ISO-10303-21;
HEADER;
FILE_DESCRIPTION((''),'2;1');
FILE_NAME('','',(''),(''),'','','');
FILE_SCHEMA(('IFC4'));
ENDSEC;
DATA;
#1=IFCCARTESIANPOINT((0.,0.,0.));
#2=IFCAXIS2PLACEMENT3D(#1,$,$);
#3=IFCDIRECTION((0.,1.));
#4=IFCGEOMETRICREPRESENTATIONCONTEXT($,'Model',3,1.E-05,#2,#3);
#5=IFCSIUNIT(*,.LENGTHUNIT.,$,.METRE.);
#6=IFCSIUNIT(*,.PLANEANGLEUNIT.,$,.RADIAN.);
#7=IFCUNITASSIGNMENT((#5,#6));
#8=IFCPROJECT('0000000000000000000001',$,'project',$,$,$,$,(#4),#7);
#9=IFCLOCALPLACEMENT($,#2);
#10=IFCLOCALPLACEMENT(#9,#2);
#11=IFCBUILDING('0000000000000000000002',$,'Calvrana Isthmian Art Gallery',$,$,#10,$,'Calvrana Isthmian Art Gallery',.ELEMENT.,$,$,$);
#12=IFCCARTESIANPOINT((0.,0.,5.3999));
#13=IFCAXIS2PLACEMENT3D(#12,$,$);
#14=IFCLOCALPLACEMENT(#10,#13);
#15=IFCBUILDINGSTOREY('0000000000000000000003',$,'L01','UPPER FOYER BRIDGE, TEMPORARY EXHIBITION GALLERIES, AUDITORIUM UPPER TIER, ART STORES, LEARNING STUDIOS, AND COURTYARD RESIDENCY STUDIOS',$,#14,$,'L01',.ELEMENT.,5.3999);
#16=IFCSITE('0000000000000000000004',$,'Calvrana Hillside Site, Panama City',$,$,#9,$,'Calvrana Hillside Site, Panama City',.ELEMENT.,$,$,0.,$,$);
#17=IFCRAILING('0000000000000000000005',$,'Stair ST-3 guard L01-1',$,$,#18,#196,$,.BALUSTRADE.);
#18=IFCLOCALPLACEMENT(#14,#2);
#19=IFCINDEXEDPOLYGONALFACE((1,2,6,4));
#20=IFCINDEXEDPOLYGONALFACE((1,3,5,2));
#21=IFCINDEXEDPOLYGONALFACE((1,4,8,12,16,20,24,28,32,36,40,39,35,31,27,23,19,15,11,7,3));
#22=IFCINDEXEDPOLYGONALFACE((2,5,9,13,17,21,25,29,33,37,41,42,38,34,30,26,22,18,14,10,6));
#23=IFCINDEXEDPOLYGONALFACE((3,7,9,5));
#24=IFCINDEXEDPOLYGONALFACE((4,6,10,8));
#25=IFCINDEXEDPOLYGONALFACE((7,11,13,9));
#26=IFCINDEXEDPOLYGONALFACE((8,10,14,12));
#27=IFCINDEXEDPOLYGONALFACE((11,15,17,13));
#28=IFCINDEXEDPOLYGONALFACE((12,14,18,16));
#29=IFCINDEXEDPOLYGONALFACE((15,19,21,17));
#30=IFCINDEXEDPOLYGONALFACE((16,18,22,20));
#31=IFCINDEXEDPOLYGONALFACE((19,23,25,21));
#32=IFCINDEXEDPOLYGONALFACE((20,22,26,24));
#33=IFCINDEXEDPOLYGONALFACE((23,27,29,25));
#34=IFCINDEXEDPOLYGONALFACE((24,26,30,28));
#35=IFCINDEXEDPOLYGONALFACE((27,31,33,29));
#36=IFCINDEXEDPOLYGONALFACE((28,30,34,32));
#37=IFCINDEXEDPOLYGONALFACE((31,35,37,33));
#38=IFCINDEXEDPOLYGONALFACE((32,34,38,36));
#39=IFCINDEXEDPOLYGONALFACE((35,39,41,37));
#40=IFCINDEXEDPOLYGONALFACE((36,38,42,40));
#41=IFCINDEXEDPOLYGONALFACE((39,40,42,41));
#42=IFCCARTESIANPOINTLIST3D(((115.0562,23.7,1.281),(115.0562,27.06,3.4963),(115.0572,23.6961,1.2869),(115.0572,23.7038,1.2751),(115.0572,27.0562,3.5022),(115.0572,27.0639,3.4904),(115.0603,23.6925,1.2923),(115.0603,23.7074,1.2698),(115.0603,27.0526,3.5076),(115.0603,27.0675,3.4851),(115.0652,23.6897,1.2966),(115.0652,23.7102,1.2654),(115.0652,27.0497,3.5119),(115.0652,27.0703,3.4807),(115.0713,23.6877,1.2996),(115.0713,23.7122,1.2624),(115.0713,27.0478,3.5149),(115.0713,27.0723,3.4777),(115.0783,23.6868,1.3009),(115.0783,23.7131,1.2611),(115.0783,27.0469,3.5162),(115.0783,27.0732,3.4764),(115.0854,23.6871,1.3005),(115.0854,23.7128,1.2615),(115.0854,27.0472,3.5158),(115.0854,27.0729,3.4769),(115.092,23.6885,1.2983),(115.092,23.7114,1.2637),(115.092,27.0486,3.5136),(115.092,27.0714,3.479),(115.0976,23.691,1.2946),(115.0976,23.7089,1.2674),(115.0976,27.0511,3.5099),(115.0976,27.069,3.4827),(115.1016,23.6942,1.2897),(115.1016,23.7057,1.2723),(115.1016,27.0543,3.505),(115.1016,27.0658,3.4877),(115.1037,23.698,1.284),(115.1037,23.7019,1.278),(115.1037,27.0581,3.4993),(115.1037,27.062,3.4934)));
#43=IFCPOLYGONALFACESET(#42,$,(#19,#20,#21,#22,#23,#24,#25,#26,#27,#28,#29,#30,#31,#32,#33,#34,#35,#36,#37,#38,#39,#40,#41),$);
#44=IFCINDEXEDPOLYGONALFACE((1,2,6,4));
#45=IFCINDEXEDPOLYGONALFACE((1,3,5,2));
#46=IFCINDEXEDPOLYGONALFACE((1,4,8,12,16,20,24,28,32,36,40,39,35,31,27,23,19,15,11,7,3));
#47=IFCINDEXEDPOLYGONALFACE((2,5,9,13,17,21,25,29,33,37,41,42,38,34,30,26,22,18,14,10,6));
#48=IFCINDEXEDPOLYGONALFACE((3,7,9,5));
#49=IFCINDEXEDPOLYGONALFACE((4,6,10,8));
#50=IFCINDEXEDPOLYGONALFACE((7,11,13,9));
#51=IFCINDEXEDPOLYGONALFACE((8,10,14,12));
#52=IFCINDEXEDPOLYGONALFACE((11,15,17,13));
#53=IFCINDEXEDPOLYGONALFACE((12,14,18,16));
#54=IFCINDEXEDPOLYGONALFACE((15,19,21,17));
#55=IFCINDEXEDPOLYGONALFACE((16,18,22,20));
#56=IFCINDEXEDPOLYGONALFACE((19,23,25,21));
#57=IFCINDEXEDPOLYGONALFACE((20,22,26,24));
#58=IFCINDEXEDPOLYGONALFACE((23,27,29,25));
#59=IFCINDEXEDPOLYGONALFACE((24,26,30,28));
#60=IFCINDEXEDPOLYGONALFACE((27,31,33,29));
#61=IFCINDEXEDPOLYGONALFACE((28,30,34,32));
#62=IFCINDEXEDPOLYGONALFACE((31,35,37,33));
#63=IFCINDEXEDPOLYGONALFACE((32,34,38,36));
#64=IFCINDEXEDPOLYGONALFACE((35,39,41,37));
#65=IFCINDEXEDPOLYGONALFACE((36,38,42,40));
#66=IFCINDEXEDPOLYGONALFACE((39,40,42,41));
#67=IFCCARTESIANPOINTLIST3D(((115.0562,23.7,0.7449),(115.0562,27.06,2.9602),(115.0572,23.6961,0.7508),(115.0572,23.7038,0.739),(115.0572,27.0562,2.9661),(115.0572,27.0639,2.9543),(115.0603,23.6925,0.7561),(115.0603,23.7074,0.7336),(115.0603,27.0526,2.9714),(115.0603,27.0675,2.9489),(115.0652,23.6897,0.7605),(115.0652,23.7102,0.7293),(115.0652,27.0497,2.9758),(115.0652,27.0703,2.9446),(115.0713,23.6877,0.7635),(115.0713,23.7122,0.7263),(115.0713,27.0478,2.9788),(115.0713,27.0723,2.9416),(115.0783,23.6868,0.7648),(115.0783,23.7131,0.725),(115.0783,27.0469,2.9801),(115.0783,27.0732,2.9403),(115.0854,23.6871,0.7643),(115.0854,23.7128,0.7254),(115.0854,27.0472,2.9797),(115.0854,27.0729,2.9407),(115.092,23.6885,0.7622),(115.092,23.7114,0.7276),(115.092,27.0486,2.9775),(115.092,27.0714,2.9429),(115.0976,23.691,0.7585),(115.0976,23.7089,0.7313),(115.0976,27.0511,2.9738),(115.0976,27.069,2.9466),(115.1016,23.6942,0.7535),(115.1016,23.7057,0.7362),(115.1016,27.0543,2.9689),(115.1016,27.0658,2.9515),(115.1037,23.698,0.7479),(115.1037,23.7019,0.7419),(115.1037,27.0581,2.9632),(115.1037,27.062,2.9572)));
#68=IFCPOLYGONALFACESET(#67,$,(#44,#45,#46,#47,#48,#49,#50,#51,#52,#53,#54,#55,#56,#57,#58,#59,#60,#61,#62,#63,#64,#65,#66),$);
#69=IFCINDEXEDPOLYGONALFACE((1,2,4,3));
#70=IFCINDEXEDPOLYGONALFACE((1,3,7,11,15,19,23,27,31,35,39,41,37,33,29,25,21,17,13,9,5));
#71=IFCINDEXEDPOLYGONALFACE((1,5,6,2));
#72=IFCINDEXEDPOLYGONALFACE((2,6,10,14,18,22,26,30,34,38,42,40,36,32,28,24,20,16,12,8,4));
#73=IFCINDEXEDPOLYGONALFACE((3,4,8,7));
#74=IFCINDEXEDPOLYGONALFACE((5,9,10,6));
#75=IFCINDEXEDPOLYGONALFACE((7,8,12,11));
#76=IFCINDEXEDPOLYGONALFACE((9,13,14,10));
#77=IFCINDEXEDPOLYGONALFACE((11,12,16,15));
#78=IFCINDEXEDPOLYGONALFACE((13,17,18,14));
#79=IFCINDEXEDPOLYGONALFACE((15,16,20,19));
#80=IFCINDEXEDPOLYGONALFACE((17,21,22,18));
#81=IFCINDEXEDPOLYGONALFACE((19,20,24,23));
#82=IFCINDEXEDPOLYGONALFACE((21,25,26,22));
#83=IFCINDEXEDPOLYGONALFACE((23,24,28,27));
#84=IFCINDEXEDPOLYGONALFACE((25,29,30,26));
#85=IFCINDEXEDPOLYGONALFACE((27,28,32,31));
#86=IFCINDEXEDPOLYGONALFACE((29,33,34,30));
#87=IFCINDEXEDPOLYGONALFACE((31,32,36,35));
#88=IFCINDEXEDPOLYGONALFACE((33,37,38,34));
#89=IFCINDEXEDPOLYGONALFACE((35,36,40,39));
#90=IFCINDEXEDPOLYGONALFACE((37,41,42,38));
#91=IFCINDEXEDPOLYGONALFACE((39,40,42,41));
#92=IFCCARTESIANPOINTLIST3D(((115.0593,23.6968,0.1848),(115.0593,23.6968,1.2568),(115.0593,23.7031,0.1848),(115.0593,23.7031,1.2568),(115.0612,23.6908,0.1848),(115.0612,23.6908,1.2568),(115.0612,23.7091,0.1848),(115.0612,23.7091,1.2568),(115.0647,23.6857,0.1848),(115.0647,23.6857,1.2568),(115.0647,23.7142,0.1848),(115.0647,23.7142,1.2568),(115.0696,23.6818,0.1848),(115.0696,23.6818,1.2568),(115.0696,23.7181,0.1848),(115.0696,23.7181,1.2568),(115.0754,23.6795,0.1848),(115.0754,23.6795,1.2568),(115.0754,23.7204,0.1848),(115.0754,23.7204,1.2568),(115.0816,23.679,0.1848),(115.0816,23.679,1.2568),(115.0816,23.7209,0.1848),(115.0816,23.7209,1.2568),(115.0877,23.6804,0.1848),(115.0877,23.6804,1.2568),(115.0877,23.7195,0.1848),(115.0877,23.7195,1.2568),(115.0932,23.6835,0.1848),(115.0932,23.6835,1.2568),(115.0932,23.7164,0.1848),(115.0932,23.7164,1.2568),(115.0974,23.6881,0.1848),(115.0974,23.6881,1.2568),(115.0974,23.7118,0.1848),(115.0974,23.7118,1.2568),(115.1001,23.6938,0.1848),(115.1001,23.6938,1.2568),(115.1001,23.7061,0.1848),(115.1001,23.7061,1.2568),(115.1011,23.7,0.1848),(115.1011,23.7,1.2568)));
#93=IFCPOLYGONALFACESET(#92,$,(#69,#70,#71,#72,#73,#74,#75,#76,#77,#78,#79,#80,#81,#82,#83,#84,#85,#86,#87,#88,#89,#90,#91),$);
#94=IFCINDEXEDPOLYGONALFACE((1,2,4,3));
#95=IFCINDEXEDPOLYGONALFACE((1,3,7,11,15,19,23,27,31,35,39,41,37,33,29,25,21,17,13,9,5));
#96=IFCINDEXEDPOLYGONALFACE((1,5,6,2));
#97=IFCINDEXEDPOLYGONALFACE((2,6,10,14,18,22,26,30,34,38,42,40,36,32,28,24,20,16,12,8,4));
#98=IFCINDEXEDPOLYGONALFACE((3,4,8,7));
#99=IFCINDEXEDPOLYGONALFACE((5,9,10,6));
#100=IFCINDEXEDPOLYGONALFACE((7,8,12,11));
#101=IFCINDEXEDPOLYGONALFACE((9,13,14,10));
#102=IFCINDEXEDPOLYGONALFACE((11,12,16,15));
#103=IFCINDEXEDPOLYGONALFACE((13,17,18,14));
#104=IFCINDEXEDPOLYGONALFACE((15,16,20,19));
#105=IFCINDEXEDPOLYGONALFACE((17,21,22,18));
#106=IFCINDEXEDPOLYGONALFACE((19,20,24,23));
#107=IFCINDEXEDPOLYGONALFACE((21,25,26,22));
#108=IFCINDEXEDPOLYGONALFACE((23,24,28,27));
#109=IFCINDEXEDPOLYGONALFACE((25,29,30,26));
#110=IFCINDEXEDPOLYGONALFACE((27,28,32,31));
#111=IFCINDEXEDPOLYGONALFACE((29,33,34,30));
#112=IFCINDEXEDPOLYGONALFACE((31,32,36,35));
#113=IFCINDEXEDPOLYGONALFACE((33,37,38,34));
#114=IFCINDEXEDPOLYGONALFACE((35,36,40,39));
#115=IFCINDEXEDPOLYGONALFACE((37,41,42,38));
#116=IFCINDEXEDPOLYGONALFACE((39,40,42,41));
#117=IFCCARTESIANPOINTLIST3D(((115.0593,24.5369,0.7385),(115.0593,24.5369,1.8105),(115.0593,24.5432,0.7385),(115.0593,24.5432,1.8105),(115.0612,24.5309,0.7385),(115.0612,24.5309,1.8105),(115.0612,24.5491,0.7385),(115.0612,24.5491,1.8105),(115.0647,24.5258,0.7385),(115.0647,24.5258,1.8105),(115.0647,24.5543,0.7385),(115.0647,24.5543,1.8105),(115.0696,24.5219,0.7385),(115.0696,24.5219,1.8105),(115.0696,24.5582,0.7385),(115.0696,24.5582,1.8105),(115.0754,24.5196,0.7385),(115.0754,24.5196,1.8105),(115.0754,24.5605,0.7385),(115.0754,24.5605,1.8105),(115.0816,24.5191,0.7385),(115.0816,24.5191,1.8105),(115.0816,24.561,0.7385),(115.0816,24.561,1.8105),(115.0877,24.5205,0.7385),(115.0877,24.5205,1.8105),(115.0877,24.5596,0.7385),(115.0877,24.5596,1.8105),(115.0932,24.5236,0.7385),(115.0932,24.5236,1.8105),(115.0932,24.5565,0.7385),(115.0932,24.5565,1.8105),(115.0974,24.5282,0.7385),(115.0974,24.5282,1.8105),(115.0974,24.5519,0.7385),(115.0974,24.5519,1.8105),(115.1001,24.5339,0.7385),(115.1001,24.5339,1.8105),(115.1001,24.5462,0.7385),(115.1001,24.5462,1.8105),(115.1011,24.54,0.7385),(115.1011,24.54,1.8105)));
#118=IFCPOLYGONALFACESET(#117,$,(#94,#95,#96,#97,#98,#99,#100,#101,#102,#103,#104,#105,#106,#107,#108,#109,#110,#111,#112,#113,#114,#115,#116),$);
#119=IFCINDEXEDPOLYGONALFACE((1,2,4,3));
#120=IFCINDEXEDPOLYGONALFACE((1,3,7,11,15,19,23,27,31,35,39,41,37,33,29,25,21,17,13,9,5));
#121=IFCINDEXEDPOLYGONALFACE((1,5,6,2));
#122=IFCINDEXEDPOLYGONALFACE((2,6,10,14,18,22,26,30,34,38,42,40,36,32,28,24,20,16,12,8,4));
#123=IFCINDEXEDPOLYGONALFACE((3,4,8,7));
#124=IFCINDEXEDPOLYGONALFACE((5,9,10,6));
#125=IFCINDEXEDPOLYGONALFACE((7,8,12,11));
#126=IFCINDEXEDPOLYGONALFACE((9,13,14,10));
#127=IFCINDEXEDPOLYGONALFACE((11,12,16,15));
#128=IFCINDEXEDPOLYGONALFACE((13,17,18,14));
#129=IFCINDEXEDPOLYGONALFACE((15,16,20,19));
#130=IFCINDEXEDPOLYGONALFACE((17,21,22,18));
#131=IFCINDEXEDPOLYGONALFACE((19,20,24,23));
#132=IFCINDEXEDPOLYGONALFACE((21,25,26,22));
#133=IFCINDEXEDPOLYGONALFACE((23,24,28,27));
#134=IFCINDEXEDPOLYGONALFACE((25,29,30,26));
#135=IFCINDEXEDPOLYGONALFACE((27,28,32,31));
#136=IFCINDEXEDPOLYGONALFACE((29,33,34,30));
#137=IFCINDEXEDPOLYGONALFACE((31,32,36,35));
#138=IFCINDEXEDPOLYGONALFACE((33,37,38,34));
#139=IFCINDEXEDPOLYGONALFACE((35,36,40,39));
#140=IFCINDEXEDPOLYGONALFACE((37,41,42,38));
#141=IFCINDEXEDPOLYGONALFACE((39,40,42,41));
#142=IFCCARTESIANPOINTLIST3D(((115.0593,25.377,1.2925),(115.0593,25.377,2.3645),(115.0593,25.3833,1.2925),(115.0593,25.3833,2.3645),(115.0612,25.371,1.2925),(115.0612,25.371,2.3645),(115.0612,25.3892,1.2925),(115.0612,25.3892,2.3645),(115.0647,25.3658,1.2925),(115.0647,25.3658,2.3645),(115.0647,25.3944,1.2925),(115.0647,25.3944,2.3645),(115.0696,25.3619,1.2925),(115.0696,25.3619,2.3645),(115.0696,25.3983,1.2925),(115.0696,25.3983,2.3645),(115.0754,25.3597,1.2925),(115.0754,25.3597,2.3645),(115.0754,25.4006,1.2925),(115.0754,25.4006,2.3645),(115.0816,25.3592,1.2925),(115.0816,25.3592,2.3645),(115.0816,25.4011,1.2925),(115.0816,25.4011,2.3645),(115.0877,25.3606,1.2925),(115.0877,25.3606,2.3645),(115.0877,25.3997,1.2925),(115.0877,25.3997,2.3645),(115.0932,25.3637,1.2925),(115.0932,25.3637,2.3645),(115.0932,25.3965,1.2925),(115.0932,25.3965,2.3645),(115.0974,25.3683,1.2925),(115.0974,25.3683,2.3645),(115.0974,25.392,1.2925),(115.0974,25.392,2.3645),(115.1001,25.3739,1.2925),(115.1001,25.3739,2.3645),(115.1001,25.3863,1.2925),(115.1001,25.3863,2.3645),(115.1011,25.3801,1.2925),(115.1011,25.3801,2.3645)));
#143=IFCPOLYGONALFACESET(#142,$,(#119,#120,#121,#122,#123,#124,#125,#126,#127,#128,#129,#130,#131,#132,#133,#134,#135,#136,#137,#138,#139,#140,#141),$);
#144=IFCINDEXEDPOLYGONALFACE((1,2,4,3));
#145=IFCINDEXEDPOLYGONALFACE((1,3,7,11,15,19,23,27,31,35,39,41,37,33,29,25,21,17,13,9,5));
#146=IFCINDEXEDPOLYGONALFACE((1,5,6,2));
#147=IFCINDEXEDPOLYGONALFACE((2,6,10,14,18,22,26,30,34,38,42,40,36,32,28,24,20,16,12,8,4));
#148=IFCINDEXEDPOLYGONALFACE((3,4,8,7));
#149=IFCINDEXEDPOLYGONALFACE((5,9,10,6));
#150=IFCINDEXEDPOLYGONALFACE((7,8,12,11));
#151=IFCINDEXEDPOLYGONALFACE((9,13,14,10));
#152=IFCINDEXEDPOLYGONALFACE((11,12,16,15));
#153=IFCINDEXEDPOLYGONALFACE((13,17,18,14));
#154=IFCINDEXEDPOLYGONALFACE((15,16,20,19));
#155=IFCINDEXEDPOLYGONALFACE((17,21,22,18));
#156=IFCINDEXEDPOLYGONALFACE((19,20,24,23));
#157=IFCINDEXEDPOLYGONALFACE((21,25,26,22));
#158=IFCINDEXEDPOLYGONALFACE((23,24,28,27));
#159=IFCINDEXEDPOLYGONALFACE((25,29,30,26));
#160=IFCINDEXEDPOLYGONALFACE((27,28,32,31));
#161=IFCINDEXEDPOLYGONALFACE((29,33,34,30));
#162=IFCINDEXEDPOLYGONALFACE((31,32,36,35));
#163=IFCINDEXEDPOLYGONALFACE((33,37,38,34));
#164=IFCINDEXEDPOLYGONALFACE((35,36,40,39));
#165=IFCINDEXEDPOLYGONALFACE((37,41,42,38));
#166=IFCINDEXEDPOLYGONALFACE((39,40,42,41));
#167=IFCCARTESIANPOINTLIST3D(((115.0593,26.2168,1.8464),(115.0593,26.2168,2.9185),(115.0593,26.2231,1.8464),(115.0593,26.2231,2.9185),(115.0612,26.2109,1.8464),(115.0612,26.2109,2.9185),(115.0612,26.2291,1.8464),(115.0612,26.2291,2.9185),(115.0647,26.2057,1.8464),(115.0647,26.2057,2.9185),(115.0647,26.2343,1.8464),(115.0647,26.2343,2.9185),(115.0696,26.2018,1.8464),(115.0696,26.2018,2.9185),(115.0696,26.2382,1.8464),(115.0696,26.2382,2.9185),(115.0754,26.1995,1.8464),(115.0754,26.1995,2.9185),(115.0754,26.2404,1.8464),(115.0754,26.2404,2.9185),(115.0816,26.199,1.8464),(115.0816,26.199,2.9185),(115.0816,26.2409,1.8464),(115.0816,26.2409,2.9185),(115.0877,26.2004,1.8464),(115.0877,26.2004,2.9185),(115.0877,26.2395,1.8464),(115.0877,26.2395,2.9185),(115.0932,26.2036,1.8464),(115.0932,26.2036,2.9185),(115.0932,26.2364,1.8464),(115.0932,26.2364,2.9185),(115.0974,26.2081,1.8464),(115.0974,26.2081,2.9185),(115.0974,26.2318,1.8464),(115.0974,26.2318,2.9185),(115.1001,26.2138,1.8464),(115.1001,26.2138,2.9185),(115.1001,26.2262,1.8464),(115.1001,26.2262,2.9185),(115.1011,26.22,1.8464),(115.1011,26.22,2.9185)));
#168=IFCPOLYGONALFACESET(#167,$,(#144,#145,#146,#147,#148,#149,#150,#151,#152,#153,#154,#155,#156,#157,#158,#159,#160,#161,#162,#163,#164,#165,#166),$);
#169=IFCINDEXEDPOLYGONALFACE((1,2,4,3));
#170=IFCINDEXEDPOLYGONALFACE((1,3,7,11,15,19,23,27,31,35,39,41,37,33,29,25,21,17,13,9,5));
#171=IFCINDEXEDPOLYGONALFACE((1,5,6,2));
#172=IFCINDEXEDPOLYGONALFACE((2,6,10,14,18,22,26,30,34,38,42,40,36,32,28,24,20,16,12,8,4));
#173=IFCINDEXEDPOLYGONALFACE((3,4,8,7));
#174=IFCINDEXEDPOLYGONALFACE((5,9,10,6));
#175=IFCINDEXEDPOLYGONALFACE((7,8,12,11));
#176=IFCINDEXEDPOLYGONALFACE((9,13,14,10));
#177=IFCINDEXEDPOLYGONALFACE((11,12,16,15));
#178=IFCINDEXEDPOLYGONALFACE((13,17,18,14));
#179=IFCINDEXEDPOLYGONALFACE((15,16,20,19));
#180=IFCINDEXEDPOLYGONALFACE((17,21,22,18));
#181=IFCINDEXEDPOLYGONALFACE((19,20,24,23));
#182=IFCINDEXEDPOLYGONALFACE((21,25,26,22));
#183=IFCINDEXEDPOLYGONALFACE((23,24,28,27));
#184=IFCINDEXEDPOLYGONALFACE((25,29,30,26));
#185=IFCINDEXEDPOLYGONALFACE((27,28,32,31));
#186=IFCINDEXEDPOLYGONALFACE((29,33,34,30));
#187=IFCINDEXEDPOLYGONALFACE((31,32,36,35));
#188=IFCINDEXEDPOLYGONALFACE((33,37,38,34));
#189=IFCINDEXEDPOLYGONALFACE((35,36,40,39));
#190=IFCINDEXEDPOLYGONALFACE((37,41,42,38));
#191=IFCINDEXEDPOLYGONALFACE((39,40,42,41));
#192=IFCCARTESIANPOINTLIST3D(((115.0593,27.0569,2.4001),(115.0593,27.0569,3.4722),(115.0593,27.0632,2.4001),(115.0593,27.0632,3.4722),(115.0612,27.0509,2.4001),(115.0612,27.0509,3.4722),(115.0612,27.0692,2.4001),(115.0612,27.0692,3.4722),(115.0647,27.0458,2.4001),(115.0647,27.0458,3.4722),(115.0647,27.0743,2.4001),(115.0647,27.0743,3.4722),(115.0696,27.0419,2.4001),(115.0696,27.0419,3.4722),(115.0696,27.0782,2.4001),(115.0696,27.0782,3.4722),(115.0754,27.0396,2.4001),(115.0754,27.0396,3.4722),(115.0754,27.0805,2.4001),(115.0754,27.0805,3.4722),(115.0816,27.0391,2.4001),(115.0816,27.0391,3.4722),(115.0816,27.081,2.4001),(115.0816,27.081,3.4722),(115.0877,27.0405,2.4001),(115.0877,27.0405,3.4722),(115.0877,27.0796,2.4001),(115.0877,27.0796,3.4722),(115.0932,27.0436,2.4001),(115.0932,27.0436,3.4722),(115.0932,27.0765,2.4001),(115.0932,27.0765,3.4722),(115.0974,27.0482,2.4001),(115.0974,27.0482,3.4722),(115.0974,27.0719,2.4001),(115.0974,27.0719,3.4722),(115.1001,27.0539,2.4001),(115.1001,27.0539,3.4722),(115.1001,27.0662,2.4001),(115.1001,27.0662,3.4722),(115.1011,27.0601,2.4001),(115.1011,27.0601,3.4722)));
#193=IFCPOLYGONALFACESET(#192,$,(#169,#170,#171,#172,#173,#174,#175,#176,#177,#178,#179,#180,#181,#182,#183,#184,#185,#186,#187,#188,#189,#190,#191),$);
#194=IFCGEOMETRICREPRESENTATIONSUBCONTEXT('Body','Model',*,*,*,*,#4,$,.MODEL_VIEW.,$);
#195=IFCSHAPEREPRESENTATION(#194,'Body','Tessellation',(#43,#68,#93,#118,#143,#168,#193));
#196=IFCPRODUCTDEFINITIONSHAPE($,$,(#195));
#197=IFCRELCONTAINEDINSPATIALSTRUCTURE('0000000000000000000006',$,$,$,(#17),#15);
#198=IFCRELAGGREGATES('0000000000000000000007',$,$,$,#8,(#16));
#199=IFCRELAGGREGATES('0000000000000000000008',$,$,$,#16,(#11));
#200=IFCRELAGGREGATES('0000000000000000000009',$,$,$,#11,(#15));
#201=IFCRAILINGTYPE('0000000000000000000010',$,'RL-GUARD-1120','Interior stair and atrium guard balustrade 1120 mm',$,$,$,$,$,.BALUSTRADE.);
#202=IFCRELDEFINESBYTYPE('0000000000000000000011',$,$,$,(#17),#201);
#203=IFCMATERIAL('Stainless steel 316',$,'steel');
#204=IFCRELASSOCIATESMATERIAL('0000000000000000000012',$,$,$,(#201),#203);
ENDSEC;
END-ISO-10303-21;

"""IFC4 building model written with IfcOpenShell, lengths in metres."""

from ifc_helpers import new_model, si_unit, direction, frame, origin, origin_2d, place, context, subcontext, project, spatial, circle, extrude, material, type_object, element, save


model = new_model("IFC4")

# Units and contexts
model_context = context("Model", 3, precision=1e-05, world=origin(), true_north=direction((0.0, 1.0)))
body_context = subcontext(model_context, "Body", "Model", "MODEL_VIEW")
ifc_project = project(units=[si_unit("LENGTHUNIT", "METRE"), si_unit("PLANEANGLEUNIT", "RADIAN")], contexts=[model_context])

# Site, building, storey
site_placement = place(None, origin())
site = spatial("IfcSite", under=ifc_project, at=site_placement, Name="Calvrana Hillside Site, Panama City", LongName="Calvrana Hillside Site, Panama City", CompositionType="ELEMENT", RefElevation=0.0)
building_placement = place(site_placement, origin())
building = spatial("IfcBuilding", under=site, at=building_placement, Name="Calvrana Isthmian Art Gallery", LongName="Calvrana Isthmian Art Gallery", CompositionType="ELEMENT")
storey_placement = place(building_placement, frame((0.0, 0.0, 5.3999)))
storey = spatial("IfcBuildingStorey", under=building, at=storey_placement, Name="L01", Description="UPPER FOYER BRIDGE, TEMPORARY EXHIBITION GALLERIES, AUDITORIUM UPPER TIER, ART STORES, LEARNING STUDIOS, AND COURTYARD RESIDENCY STUDIOS", LongName="L01", CompositionType="ELEMENT", Elevation=5.3999)

# Railing
ifc_material_1 = material(Name="Stainless steel 316", Category="steel")
railing_type_1 = type_object("IfcRailingType", Name="RL-GUARD-1120", Description="Interior stair and atrium guard balustrade 1120 mm", PredefinedType="BALUSTRADE", material=ifc_material_1)
railing_1_placement = place(storey_placement, frame((115.0801, 23.7, 0.1848)))
element("IfcRailing", 1, at=railing_1_placement, inside=storey, type_object=railing_type_1, Name="Stair ST-3 guard L01-1", PredefinedType="BALUSTRADE", context=body_context, shape_type="SweptSolid", body=[
    extrude(circle(Radius=0.0239, at=origin_2d()), frame((0.0, 0.0, 1.0962), z_axis=(0.0, 0.834876, 0.550437), x_axis=(-1.0, 0.0, 0.0)), (0.0, 0.0, 1.0), 4.0247),
    extrude(circle(Radius=0.0239, at=origin_2d()), frame((0.0, 0.0, 0.5601), z_axis=(0.0, 0.834876, 0.550437), x_axis=(-1.0, 0.0, 0.0)), (0.0, 0.0, 1.0), 4.0247),
    extrude(circle(Radius=0.021, at=origin_2d()), origin(), (0.0, 0.0, 1.0), 1.072),
    extrude(circle(Radius=0.021, at=origin_2d()), frame((0.0, 0.8401, 0.5537)), (0.0, 0.0, 1.0), 1.072),
    extrude(circle(Radius=0.021, at=origin_2d()), frame((0.0, 1.6802, 1.1077)), (0.0, 0.0, 1.0), 1.072),
    extrude(circle(Radius=0.021, at=origin_2d()), frame((0.0, 2.52, 1.6616)), (0.0, 0.0, 1.0), 1.072),
    extrude(circle(Radius=0.021, at=origin_2d()), frame((0.0, 3.3601, 2.2153)), (0.0, 0.0, 1.0), 1.072),
])

save(model, "model.ifc")
